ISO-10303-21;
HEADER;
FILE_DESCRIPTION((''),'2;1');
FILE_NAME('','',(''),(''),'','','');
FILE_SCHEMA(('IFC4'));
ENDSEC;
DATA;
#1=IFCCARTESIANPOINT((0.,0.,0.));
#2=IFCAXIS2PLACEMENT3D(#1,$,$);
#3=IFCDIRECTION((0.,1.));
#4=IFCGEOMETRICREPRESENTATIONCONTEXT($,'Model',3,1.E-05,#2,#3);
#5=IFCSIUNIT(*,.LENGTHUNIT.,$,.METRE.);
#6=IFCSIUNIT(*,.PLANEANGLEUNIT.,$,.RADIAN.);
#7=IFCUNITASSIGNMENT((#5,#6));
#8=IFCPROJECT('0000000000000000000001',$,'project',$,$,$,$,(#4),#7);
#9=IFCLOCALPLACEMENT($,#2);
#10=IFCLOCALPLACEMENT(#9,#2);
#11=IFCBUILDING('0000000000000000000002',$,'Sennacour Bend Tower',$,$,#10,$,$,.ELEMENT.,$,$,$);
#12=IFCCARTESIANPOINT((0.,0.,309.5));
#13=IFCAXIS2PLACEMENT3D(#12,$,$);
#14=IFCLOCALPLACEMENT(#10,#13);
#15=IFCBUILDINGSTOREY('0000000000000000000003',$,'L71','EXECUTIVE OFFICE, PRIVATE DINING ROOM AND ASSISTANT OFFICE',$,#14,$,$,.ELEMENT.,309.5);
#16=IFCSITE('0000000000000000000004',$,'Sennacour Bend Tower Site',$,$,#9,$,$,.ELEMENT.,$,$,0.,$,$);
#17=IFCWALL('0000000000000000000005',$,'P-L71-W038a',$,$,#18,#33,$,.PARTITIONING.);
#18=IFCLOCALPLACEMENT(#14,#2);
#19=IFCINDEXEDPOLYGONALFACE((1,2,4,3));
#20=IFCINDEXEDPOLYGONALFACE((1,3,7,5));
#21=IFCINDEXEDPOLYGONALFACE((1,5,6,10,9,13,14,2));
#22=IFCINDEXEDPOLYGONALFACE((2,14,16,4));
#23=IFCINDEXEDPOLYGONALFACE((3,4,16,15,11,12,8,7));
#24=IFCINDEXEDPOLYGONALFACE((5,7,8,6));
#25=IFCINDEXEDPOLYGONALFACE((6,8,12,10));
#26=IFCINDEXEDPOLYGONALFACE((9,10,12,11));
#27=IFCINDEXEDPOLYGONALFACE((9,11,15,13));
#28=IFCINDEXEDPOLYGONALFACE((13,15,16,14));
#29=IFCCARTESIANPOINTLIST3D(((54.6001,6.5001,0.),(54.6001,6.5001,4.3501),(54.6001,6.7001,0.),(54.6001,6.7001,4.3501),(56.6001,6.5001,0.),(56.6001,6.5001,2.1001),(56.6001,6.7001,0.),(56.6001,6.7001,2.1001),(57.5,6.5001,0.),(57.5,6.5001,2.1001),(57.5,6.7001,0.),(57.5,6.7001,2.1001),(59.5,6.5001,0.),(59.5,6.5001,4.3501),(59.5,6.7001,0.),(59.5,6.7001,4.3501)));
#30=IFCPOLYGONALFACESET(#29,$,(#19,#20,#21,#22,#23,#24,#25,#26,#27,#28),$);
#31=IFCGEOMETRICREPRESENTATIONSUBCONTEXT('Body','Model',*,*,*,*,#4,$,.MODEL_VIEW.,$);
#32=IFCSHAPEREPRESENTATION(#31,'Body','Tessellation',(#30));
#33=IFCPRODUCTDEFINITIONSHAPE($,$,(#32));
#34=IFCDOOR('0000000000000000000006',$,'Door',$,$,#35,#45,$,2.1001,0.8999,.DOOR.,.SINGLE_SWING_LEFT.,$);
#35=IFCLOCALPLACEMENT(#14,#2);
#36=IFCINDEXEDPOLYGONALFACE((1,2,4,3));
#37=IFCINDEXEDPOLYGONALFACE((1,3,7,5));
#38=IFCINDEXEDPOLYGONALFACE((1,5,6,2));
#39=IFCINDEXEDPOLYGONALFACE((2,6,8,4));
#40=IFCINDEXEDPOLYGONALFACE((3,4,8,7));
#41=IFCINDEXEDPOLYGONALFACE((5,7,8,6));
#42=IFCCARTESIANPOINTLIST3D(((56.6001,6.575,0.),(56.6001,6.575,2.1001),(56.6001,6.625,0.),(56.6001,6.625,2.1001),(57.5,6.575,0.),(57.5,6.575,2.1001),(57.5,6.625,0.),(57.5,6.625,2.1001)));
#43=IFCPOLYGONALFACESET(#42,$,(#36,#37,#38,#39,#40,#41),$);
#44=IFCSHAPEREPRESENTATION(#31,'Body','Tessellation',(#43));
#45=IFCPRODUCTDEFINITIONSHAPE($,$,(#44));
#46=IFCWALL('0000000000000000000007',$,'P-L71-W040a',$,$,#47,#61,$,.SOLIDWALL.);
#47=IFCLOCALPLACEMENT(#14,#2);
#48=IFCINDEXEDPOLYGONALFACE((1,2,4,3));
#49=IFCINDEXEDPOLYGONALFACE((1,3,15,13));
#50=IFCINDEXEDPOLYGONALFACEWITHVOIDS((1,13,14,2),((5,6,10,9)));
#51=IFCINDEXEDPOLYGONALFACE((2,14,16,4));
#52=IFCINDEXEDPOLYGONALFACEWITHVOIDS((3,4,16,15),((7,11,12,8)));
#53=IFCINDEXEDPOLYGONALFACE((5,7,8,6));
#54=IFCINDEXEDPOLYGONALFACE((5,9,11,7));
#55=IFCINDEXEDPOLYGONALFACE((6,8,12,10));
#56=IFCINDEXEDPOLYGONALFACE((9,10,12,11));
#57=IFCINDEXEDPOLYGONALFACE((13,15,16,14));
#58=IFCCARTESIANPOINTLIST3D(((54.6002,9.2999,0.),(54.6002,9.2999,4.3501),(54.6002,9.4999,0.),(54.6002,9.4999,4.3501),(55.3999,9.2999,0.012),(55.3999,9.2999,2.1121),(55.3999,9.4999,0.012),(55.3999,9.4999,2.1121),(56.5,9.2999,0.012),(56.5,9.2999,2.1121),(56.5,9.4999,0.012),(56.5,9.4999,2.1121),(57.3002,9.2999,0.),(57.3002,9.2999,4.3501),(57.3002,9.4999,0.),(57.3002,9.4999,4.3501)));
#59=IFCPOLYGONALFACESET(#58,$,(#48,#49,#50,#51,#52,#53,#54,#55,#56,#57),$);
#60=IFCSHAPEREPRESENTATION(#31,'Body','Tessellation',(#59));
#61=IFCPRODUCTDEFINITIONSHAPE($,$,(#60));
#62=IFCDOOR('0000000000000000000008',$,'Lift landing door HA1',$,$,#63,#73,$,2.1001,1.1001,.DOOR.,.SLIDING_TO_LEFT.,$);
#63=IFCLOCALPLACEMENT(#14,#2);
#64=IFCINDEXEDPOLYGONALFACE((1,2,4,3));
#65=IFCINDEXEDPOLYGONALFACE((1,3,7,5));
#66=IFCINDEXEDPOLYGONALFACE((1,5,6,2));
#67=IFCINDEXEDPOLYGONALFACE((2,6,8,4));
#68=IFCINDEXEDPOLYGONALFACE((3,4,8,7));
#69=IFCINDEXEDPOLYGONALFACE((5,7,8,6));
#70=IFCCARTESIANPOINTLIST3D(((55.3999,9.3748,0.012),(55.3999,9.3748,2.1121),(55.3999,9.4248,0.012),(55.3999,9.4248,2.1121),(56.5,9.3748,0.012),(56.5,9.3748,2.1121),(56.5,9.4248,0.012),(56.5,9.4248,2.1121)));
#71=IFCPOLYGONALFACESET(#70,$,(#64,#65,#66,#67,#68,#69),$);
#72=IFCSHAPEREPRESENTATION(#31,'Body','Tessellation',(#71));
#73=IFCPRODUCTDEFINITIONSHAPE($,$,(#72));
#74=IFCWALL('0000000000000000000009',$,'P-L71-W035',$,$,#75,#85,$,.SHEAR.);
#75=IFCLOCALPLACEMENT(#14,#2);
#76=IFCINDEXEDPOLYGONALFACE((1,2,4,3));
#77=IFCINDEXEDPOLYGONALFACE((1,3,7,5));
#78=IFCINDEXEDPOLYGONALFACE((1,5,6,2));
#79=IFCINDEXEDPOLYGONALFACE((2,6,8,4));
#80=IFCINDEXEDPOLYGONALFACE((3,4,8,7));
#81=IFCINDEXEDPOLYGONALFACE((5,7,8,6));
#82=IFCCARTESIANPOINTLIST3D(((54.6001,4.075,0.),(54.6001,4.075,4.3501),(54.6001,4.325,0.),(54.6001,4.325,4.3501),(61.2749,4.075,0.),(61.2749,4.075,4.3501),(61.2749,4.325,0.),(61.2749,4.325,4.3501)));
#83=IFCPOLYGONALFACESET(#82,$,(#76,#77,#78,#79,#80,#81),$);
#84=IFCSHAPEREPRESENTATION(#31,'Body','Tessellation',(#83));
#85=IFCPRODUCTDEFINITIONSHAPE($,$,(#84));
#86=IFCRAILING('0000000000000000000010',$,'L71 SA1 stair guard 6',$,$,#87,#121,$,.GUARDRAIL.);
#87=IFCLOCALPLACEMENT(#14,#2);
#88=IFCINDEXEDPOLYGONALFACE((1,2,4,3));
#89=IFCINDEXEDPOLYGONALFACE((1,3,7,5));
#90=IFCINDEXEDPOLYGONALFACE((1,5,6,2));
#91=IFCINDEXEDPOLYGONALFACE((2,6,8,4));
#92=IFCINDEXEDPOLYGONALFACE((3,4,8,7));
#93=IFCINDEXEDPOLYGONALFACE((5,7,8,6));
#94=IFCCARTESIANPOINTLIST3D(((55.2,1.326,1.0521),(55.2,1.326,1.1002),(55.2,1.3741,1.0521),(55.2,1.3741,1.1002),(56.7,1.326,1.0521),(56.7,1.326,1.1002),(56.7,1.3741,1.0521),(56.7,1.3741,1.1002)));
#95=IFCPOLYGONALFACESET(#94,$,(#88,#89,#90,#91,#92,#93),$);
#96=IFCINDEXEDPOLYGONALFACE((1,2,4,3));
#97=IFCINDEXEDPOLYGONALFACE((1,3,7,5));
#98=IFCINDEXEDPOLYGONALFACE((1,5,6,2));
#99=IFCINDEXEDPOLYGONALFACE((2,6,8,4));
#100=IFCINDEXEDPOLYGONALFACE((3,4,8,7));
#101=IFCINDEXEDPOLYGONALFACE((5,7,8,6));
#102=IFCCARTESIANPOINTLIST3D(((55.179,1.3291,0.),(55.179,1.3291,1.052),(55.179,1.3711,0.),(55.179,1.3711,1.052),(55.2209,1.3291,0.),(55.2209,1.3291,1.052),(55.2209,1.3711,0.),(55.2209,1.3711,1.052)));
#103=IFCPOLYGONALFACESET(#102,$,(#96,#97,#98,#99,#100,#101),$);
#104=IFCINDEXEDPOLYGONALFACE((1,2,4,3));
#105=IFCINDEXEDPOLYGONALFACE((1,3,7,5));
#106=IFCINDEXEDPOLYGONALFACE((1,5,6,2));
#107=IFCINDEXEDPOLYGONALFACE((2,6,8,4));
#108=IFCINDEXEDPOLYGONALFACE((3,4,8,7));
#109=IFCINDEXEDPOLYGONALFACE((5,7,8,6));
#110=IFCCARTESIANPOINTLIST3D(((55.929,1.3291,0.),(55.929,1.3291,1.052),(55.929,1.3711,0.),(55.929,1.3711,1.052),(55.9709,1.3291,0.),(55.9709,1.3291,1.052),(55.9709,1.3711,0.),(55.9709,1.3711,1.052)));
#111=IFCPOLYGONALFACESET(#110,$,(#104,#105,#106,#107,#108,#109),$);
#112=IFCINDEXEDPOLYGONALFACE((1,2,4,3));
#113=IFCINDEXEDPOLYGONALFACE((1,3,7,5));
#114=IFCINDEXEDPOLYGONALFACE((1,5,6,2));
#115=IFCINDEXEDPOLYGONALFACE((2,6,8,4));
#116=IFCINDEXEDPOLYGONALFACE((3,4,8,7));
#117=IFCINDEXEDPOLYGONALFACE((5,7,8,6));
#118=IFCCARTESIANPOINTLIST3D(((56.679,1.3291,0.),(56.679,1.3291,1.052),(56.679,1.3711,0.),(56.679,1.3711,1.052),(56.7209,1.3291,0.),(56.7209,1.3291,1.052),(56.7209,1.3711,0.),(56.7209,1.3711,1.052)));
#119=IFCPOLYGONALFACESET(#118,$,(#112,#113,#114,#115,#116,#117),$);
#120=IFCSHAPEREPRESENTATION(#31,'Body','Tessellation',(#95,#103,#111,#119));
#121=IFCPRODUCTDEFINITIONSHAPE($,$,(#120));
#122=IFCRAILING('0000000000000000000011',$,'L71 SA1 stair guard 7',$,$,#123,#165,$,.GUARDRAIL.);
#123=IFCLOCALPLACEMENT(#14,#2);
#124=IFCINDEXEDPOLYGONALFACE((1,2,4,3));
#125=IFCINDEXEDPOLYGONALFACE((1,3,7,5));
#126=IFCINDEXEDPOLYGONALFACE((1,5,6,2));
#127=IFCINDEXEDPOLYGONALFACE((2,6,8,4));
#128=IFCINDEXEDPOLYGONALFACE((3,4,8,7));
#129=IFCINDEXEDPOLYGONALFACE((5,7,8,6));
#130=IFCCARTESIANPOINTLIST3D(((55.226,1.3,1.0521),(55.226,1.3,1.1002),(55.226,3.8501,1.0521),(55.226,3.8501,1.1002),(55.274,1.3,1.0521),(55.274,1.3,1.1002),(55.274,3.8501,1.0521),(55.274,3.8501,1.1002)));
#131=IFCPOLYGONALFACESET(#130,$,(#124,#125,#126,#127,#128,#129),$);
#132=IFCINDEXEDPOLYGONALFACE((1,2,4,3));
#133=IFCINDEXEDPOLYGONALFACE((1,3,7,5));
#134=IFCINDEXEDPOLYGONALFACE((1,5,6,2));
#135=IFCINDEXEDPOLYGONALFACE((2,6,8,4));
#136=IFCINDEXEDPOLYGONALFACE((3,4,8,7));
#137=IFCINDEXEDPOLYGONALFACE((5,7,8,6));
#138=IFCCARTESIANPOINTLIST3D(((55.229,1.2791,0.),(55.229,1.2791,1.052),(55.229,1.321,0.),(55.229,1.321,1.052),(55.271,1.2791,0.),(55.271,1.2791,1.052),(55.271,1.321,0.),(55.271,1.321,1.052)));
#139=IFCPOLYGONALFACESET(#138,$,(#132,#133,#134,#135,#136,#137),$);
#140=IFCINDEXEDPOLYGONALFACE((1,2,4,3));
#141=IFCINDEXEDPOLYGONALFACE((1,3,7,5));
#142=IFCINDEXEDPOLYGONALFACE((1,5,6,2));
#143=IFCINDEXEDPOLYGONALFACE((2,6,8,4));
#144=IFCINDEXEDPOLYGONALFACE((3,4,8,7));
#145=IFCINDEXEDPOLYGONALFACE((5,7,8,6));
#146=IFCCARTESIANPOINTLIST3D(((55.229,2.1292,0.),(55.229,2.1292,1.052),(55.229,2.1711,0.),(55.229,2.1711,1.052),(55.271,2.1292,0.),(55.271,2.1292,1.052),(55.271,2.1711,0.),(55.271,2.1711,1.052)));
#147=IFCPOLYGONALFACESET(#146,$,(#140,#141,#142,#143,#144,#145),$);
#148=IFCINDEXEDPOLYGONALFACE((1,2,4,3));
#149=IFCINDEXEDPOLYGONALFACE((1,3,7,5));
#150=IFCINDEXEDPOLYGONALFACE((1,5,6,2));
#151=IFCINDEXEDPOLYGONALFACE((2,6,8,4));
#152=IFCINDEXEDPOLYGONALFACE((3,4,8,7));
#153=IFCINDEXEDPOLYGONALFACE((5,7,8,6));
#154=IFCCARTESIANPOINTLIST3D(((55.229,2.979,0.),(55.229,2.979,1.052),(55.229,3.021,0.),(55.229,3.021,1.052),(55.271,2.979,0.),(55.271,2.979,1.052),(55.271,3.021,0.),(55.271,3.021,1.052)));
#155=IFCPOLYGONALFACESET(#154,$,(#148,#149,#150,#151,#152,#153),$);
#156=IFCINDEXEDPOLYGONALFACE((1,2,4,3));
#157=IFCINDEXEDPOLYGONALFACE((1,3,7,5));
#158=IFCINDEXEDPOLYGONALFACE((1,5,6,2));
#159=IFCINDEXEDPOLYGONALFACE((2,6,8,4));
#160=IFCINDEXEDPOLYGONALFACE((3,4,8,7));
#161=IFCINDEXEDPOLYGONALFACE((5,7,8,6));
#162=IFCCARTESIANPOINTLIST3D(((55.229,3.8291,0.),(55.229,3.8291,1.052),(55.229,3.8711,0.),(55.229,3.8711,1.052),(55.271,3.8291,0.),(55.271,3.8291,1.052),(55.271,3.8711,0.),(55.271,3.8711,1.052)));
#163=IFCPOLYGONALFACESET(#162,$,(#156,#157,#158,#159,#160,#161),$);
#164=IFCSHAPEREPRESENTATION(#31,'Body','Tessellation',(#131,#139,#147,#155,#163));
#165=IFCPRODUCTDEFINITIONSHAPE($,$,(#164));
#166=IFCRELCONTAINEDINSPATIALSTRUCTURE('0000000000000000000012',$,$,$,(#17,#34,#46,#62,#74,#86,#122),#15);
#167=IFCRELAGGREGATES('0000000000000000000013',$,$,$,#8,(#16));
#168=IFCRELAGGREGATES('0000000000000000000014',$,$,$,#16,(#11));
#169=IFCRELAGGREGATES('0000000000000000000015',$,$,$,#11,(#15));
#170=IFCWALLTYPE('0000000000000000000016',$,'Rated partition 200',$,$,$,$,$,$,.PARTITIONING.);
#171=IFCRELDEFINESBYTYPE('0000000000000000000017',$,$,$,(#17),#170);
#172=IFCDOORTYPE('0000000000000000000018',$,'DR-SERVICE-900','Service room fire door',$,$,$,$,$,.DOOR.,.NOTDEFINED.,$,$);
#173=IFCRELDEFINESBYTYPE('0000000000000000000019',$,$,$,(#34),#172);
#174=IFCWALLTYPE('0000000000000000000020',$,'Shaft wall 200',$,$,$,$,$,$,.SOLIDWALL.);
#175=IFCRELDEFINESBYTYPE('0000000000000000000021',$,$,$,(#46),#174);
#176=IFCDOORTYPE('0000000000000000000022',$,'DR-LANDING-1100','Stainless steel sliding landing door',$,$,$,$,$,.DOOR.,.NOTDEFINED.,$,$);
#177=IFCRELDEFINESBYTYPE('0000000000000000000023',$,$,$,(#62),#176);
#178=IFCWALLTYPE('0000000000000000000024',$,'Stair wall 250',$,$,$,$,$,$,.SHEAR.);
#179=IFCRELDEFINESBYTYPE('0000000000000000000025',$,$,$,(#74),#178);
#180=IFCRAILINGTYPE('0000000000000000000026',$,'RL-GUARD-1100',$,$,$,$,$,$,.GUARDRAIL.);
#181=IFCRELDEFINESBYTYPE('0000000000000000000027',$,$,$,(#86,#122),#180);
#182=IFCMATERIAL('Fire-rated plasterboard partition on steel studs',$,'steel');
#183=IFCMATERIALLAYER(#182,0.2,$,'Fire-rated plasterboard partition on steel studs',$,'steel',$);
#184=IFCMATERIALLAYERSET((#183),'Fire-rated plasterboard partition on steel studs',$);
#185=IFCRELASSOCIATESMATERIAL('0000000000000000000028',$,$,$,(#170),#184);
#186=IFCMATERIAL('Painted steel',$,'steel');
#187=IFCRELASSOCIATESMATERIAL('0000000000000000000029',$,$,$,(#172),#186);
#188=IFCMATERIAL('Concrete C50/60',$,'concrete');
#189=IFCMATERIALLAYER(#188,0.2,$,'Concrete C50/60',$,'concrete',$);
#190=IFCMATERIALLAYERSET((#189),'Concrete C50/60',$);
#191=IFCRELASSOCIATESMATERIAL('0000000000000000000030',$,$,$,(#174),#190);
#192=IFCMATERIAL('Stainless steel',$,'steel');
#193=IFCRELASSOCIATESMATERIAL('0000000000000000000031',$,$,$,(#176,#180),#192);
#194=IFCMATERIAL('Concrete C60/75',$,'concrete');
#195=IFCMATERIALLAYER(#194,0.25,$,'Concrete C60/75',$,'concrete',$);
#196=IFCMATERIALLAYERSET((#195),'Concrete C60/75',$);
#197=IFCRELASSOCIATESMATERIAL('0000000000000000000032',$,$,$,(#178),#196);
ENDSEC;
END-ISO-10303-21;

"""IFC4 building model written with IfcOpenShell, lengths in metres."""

from ifc_helpers import new_model, si_unit, direction, frame, frame_2d, origin, origin_2d, place, context, subcontext, project, spatial, rectangle, extrude, material, layer, layer_set, type_object, element, fill, save


model = new_model("IFC4")

# Units and contexts
model_context = context("Model", 3, precision=1e-05, world=origin(), true_north=direction((0.0, 1.0)))
body_context = subcontext(model_context, "Body", "Model", "MODEL_VIEW")
ifc_project = project(units=[si_unit("LENGTHUNIT", "METRE"), si_unit("PLANEANGLEUNIT", "RADIAN")], contexts=[model_context])

# Site, building, storey
site_placement = place(None, origin())
site = spatial("IfcSite", under=ifc_project, at=site_placement, Name="Sennacour Bend Tower Site", CompositionType="ELEMENT", RefElevation=0.0)
building_placement = place(site_placement, origin())
building = spatial("IfcBuilding", under=site, at=building_placement, Name="Sennacour Bend Tower", CompositionType="ELEMENT")
storey_placement = place(building_placement, frame((0.0, 0.0, 309.5)))
storey = spatial("IfcBuildingStorey", under=building, at=storey_placement, Name="L71", Description="EXECUTIVE OFFICE, PRIVATE DINING ROOM AND ASSISTANT OFFICE", CompositionType="ELEMENT", Elevation=309.5)

# Shared definitions
ifc_material_1 = material(Name="Concrete C50/60", Category="concrete")
ifc_material_2 = material(Name="Painted steel", Category="steel")

# Walls, openings, doors
ifc_material_3 = material(Name="Fire-rated plasterboard partition on steel studs", Category="steel")
ifc_layer_1 = layer(ifc_material_3, 0.2, Name="Fire-rated plasterboard partition on steel studs", Category="steel")
ifc_layer_set_1 = layer_set([ifc_layer_1], Name="Fire-rated plasterboard partition on steel studs")
wall_type_1 = type_object("IfcWallType", Name="Rated partition 200", PredefinedType="PARTITIONING", material=ifc_layer_set_1)
wall_1_placement = place(storey_placement, frame((54.6001, 6.6001, 0.0), z_axis=(0.0, 0.0, 1.0), x_axis=(1.0, 0.0, 0.0)))
wall_1 = element("IfcWall", 1, at=wall_1_placement, inside=storey, type_object=wall_type_1, Name="P-L71-W038a", PredefinedType="PARTITIONING", context=body_context, shape_type="SweptSolid", body=[
    extrude(rectangle(XDim=4.8999, YDim=0.2, at=frame_2d((2.45, 0.0))), origin(), (0.0, 0.0, 1.0), 4.3501),
])
opening_1_placement = place(wall_1_placement, frame((2.0, 0.0, 0.0)))
opening_1 = element("IfcOpeningElement", 2, at=opening_1_placement, cuts=wall_1, PredefinedType="OPENING", context=body_context, shape_type="SweptSolid", body=[
    extrude(rectangle(XDim=0.8999, YDim=2.1001, at=frame_2d((0.45, 1.05))), frame((0.0, 0.1099, 0.0), z_axis=(0.0, -1.0, 0.0), x_axis=(1.0, 0.0, 0.0)), (0.0, 0.0, 1.0), 0.22),
])
door_type_1 = type_object("IfcDoorType", Name="DR-SERVICE-900", Description="Service room fire door", OperationType="NOTDEFINED", PredefinedType="DOOR", material=ifc_material_2)
door_1_placement = place(opening_1_placement, origin())
door_1 = element("IfcDoor", 3, at=door_1_placement, inside=storey, type_object=door_type_1, Name="Door", OperationType="SINGLE_SWING_LEFT", OverallHeight=2.1001, OverallWidth=0.8999, PredefinedType="DOOR", context=body_context, shape_type="SweptSolid", body=[
    extrude(rectangle(XDim=0.8999, YDim=2.1001, at=frame_2d((0.45, 1.05))), frame((0.0, 0.0249, 0.0), z_axis=(0.0, -1.0, 0.0), x_axis=(1.0, 0.0, 0.0)), (0.0, 0.0, 1.0), 0.05),
])
fill(opening_1, door_1)
ifc_layer_2 = layer(ifc_material_1, 0.2, Name="Concrete C50/60", Category="concrete")
ifc_layer_set_2 = layer_set([ifc_layer_2], Name="Concrete C50/60")
wall_type_2 = type_object("IfcWallType", Name="Shaft wall 200", PredefinedType="SOLIDWALL", material=ifc_layer_set_2)
wall_2_placement = place(storey_placement, frame((54.6001, 9.3999, 0.0), z_axis=(0.0, 0.0, 1.0), x_axis=(1.0, 0.0, 0.0)))
wall_2 = element("IfcWall", 4, at=wall_2_placement, inside=storey, type_object=wall_type_2, Name="P-L71-W040a", PredefinedType="SOLIDWALL", context=body_context, shape_type="SweptSolid", body=[
    extrude(rectangle(XDim=2.7, YDim=0.2, at=frame_2d((1.3501, 0.0))), origin(), (0.0, 0.0, 1.0), 4.3501),
])
opening_2_placement = place(wall_2_placement, frame((0.7998, 0.0, 0.012)))
opening_2 = element("IfcOpeningElement", 5, at=opening_2_placement, cuts=wall_2, PredefinedType="OPENING", context=body_context, shape_type="SweptSolid", body=[
    extrude(rectangle(XDim=1.1001, YDim=2.1001, at=frame_2d((0.55, 1.05))), frame((0.0, 0.1099, 0.0), z_axis=(0.0, -1.0, 0.0), x_axis=(1.0, 0.0, 0.0)), (0.0, 0.0, 1.0), 0.22),
])
ifc_material_4 = material(Name="Stainless steel", Category="steel")
door_type_2 = type_object("IfcDoorType", Name="DR-LANDING-1100", Description="Stainless steel sliding landing door", OperationType="NOTDEFINED", PredefinedType="DOOR", material=ifc_material_4)
door_2_placement = place(opening_2_placement, origin())
door_2 = element("IfcDoor", 6, at=door_2_placement, inside=storey, type_object=door_type_2, Name="Lift landing door HA1", OperationType="SLIDING_TO_LEFT", OverallHeight=2.1001, OverallWidth=1.1001, PredefinedType="DOOR", context=body_context, shape_type="SweptSolid", body=[
    extrude(rectangle(XDim=1.1001, YDim=2.1001, at=frame_2d((0.55, 1.05))), frame((0.0, 0.0249, 0.0), z_axis=(0.0, -1.0, 0.0), x_axis=(1.0, 0.0, 0.0)), (0.0, 0.0, 1.0), 0.05),
])
fill(opening_2, door_2)

# Wall
ifc_material_5 = material(Name="Concrete C60/75", Category="concrete")
ifc_layer_3 = layer(ifc_material_5, 0.25, Name="Concrete C60/75", Category="concrete")
ifc_layer_set_3 = layer_set([ifc_layer_3], Name="Concrete C60/75")
wall_type_3 = type_object("IfcWallType", Name="Stair wall 250", PredefinedType="SHEAR", material=ifc_layer_set_3)
wall_3_placement = place(storey_placement, frame((54.6001, 4.2, 0.0), z_axis=(0.0, 0.0, 1.0), x_axis=(1.0, 0.0, 0.0)))
element("IfcWall", 7, at=wall_3_placement, inside=storey, type_object=wall_type_3, Name="P-L71-W035", PredefinedType="SHEAR", context=body_context, shape_type="SweptSolid", body=[
    extrude(rectangle(XDim=6.6748, YDim=0.25, at=frame_2d((3.3374, 0.0))), origin(), (0.0, 0.0, 1.0), 4.3501),
])

# Railings
railing_type = type_object("IfcRailingType", Name="RL-GUARD-1100", PredefinedType="GUARDRAIL", material=ifc_material_4)
railing_1_placement = place(storey_placement, frame((55.2, 1.3501, 0.0)))
element("IfcRailing", 8, at=railing_1_placement, inside=storey, type_object=railing_type, Name="L71 SA1 stair guard 6", PredefinedType="GUARDRAIL", context=body_context, shape_type="SweptSolid", body=[
    extrude(rectangle(XDim=0.0481, YDim=0.0481, at=origin_2d()), frame((0.0, 0.0, 1.0762), z_axis=(1.0, 0.0, 0.0), x_axis=(0.0, 1.0, 0.0)), (0.0, 0.0, 1.0), 1.5),
    extrude(rectangle(XDim=0.042, YDim=0.042, at=origin_2d()), origin(), (0.0, 0.0, 1.0), 1.052),
    extrude(rectangle(XDim=0.042, YDim=0.042, at=origin_2d()), frame((0.75, 0.0, 0.0)), (0.0, 0.0, 1.0), 1.052),
    extrude(rectangle(XDim=0.042, YDim=0.042, at=origin_2d()), frame((1.5, 0.0, 0.0)), (0.0, 0.0, 1.0), 1.052),
])
railing_2_placement = place(storey_placement, frame((55.25, 1.3, 0.0)))
element("IfcRailing", 9, at=railing_2_placement, inside=storey, type_object=railing_type, Name="L71 SA1 stair guard 7", PredefinedType="GUARDRAIL", context=body_context, shape_type="SweptSolid", body=[
    extrude(rectangle(XDim=0.0481, YDim=0.0481, at=origin_2d()), frame((0.0, 0.0, 1.0762), z_axis=(0.0, 1.0, 0.0), x_axis=(-1.0, 0.0, 0.0)), (0.0, 0.0, 1.0), 2.55),
    extrude(rectangle(XDim=0.042, YDim=0.042, at=origin_2d()), origin(), (0.0, 0.0, 1.0), 1.052),
    extrude(rectangle(XDim=0.042, YDim=0.042, at=origin_2d()), frame((0.0, 0.8501, 0.0)), (0.0, 0.0, 1.0), 1.052),
    extrude(rectangle(XDim=0.042, YDim=0.042, at=origin_2d()), frame((0.0, 1.7, 0.0)), (0.0, 0.0, 1.0), 1.052),
    extrude(rectangle(XDim=0.042, YDim=0.042, at=origin_2d()), frame((0.0, 2.55, 0.0)), (0.0, 0.0, 1.0), 1.052),
])

save(model, "model.ifc")
